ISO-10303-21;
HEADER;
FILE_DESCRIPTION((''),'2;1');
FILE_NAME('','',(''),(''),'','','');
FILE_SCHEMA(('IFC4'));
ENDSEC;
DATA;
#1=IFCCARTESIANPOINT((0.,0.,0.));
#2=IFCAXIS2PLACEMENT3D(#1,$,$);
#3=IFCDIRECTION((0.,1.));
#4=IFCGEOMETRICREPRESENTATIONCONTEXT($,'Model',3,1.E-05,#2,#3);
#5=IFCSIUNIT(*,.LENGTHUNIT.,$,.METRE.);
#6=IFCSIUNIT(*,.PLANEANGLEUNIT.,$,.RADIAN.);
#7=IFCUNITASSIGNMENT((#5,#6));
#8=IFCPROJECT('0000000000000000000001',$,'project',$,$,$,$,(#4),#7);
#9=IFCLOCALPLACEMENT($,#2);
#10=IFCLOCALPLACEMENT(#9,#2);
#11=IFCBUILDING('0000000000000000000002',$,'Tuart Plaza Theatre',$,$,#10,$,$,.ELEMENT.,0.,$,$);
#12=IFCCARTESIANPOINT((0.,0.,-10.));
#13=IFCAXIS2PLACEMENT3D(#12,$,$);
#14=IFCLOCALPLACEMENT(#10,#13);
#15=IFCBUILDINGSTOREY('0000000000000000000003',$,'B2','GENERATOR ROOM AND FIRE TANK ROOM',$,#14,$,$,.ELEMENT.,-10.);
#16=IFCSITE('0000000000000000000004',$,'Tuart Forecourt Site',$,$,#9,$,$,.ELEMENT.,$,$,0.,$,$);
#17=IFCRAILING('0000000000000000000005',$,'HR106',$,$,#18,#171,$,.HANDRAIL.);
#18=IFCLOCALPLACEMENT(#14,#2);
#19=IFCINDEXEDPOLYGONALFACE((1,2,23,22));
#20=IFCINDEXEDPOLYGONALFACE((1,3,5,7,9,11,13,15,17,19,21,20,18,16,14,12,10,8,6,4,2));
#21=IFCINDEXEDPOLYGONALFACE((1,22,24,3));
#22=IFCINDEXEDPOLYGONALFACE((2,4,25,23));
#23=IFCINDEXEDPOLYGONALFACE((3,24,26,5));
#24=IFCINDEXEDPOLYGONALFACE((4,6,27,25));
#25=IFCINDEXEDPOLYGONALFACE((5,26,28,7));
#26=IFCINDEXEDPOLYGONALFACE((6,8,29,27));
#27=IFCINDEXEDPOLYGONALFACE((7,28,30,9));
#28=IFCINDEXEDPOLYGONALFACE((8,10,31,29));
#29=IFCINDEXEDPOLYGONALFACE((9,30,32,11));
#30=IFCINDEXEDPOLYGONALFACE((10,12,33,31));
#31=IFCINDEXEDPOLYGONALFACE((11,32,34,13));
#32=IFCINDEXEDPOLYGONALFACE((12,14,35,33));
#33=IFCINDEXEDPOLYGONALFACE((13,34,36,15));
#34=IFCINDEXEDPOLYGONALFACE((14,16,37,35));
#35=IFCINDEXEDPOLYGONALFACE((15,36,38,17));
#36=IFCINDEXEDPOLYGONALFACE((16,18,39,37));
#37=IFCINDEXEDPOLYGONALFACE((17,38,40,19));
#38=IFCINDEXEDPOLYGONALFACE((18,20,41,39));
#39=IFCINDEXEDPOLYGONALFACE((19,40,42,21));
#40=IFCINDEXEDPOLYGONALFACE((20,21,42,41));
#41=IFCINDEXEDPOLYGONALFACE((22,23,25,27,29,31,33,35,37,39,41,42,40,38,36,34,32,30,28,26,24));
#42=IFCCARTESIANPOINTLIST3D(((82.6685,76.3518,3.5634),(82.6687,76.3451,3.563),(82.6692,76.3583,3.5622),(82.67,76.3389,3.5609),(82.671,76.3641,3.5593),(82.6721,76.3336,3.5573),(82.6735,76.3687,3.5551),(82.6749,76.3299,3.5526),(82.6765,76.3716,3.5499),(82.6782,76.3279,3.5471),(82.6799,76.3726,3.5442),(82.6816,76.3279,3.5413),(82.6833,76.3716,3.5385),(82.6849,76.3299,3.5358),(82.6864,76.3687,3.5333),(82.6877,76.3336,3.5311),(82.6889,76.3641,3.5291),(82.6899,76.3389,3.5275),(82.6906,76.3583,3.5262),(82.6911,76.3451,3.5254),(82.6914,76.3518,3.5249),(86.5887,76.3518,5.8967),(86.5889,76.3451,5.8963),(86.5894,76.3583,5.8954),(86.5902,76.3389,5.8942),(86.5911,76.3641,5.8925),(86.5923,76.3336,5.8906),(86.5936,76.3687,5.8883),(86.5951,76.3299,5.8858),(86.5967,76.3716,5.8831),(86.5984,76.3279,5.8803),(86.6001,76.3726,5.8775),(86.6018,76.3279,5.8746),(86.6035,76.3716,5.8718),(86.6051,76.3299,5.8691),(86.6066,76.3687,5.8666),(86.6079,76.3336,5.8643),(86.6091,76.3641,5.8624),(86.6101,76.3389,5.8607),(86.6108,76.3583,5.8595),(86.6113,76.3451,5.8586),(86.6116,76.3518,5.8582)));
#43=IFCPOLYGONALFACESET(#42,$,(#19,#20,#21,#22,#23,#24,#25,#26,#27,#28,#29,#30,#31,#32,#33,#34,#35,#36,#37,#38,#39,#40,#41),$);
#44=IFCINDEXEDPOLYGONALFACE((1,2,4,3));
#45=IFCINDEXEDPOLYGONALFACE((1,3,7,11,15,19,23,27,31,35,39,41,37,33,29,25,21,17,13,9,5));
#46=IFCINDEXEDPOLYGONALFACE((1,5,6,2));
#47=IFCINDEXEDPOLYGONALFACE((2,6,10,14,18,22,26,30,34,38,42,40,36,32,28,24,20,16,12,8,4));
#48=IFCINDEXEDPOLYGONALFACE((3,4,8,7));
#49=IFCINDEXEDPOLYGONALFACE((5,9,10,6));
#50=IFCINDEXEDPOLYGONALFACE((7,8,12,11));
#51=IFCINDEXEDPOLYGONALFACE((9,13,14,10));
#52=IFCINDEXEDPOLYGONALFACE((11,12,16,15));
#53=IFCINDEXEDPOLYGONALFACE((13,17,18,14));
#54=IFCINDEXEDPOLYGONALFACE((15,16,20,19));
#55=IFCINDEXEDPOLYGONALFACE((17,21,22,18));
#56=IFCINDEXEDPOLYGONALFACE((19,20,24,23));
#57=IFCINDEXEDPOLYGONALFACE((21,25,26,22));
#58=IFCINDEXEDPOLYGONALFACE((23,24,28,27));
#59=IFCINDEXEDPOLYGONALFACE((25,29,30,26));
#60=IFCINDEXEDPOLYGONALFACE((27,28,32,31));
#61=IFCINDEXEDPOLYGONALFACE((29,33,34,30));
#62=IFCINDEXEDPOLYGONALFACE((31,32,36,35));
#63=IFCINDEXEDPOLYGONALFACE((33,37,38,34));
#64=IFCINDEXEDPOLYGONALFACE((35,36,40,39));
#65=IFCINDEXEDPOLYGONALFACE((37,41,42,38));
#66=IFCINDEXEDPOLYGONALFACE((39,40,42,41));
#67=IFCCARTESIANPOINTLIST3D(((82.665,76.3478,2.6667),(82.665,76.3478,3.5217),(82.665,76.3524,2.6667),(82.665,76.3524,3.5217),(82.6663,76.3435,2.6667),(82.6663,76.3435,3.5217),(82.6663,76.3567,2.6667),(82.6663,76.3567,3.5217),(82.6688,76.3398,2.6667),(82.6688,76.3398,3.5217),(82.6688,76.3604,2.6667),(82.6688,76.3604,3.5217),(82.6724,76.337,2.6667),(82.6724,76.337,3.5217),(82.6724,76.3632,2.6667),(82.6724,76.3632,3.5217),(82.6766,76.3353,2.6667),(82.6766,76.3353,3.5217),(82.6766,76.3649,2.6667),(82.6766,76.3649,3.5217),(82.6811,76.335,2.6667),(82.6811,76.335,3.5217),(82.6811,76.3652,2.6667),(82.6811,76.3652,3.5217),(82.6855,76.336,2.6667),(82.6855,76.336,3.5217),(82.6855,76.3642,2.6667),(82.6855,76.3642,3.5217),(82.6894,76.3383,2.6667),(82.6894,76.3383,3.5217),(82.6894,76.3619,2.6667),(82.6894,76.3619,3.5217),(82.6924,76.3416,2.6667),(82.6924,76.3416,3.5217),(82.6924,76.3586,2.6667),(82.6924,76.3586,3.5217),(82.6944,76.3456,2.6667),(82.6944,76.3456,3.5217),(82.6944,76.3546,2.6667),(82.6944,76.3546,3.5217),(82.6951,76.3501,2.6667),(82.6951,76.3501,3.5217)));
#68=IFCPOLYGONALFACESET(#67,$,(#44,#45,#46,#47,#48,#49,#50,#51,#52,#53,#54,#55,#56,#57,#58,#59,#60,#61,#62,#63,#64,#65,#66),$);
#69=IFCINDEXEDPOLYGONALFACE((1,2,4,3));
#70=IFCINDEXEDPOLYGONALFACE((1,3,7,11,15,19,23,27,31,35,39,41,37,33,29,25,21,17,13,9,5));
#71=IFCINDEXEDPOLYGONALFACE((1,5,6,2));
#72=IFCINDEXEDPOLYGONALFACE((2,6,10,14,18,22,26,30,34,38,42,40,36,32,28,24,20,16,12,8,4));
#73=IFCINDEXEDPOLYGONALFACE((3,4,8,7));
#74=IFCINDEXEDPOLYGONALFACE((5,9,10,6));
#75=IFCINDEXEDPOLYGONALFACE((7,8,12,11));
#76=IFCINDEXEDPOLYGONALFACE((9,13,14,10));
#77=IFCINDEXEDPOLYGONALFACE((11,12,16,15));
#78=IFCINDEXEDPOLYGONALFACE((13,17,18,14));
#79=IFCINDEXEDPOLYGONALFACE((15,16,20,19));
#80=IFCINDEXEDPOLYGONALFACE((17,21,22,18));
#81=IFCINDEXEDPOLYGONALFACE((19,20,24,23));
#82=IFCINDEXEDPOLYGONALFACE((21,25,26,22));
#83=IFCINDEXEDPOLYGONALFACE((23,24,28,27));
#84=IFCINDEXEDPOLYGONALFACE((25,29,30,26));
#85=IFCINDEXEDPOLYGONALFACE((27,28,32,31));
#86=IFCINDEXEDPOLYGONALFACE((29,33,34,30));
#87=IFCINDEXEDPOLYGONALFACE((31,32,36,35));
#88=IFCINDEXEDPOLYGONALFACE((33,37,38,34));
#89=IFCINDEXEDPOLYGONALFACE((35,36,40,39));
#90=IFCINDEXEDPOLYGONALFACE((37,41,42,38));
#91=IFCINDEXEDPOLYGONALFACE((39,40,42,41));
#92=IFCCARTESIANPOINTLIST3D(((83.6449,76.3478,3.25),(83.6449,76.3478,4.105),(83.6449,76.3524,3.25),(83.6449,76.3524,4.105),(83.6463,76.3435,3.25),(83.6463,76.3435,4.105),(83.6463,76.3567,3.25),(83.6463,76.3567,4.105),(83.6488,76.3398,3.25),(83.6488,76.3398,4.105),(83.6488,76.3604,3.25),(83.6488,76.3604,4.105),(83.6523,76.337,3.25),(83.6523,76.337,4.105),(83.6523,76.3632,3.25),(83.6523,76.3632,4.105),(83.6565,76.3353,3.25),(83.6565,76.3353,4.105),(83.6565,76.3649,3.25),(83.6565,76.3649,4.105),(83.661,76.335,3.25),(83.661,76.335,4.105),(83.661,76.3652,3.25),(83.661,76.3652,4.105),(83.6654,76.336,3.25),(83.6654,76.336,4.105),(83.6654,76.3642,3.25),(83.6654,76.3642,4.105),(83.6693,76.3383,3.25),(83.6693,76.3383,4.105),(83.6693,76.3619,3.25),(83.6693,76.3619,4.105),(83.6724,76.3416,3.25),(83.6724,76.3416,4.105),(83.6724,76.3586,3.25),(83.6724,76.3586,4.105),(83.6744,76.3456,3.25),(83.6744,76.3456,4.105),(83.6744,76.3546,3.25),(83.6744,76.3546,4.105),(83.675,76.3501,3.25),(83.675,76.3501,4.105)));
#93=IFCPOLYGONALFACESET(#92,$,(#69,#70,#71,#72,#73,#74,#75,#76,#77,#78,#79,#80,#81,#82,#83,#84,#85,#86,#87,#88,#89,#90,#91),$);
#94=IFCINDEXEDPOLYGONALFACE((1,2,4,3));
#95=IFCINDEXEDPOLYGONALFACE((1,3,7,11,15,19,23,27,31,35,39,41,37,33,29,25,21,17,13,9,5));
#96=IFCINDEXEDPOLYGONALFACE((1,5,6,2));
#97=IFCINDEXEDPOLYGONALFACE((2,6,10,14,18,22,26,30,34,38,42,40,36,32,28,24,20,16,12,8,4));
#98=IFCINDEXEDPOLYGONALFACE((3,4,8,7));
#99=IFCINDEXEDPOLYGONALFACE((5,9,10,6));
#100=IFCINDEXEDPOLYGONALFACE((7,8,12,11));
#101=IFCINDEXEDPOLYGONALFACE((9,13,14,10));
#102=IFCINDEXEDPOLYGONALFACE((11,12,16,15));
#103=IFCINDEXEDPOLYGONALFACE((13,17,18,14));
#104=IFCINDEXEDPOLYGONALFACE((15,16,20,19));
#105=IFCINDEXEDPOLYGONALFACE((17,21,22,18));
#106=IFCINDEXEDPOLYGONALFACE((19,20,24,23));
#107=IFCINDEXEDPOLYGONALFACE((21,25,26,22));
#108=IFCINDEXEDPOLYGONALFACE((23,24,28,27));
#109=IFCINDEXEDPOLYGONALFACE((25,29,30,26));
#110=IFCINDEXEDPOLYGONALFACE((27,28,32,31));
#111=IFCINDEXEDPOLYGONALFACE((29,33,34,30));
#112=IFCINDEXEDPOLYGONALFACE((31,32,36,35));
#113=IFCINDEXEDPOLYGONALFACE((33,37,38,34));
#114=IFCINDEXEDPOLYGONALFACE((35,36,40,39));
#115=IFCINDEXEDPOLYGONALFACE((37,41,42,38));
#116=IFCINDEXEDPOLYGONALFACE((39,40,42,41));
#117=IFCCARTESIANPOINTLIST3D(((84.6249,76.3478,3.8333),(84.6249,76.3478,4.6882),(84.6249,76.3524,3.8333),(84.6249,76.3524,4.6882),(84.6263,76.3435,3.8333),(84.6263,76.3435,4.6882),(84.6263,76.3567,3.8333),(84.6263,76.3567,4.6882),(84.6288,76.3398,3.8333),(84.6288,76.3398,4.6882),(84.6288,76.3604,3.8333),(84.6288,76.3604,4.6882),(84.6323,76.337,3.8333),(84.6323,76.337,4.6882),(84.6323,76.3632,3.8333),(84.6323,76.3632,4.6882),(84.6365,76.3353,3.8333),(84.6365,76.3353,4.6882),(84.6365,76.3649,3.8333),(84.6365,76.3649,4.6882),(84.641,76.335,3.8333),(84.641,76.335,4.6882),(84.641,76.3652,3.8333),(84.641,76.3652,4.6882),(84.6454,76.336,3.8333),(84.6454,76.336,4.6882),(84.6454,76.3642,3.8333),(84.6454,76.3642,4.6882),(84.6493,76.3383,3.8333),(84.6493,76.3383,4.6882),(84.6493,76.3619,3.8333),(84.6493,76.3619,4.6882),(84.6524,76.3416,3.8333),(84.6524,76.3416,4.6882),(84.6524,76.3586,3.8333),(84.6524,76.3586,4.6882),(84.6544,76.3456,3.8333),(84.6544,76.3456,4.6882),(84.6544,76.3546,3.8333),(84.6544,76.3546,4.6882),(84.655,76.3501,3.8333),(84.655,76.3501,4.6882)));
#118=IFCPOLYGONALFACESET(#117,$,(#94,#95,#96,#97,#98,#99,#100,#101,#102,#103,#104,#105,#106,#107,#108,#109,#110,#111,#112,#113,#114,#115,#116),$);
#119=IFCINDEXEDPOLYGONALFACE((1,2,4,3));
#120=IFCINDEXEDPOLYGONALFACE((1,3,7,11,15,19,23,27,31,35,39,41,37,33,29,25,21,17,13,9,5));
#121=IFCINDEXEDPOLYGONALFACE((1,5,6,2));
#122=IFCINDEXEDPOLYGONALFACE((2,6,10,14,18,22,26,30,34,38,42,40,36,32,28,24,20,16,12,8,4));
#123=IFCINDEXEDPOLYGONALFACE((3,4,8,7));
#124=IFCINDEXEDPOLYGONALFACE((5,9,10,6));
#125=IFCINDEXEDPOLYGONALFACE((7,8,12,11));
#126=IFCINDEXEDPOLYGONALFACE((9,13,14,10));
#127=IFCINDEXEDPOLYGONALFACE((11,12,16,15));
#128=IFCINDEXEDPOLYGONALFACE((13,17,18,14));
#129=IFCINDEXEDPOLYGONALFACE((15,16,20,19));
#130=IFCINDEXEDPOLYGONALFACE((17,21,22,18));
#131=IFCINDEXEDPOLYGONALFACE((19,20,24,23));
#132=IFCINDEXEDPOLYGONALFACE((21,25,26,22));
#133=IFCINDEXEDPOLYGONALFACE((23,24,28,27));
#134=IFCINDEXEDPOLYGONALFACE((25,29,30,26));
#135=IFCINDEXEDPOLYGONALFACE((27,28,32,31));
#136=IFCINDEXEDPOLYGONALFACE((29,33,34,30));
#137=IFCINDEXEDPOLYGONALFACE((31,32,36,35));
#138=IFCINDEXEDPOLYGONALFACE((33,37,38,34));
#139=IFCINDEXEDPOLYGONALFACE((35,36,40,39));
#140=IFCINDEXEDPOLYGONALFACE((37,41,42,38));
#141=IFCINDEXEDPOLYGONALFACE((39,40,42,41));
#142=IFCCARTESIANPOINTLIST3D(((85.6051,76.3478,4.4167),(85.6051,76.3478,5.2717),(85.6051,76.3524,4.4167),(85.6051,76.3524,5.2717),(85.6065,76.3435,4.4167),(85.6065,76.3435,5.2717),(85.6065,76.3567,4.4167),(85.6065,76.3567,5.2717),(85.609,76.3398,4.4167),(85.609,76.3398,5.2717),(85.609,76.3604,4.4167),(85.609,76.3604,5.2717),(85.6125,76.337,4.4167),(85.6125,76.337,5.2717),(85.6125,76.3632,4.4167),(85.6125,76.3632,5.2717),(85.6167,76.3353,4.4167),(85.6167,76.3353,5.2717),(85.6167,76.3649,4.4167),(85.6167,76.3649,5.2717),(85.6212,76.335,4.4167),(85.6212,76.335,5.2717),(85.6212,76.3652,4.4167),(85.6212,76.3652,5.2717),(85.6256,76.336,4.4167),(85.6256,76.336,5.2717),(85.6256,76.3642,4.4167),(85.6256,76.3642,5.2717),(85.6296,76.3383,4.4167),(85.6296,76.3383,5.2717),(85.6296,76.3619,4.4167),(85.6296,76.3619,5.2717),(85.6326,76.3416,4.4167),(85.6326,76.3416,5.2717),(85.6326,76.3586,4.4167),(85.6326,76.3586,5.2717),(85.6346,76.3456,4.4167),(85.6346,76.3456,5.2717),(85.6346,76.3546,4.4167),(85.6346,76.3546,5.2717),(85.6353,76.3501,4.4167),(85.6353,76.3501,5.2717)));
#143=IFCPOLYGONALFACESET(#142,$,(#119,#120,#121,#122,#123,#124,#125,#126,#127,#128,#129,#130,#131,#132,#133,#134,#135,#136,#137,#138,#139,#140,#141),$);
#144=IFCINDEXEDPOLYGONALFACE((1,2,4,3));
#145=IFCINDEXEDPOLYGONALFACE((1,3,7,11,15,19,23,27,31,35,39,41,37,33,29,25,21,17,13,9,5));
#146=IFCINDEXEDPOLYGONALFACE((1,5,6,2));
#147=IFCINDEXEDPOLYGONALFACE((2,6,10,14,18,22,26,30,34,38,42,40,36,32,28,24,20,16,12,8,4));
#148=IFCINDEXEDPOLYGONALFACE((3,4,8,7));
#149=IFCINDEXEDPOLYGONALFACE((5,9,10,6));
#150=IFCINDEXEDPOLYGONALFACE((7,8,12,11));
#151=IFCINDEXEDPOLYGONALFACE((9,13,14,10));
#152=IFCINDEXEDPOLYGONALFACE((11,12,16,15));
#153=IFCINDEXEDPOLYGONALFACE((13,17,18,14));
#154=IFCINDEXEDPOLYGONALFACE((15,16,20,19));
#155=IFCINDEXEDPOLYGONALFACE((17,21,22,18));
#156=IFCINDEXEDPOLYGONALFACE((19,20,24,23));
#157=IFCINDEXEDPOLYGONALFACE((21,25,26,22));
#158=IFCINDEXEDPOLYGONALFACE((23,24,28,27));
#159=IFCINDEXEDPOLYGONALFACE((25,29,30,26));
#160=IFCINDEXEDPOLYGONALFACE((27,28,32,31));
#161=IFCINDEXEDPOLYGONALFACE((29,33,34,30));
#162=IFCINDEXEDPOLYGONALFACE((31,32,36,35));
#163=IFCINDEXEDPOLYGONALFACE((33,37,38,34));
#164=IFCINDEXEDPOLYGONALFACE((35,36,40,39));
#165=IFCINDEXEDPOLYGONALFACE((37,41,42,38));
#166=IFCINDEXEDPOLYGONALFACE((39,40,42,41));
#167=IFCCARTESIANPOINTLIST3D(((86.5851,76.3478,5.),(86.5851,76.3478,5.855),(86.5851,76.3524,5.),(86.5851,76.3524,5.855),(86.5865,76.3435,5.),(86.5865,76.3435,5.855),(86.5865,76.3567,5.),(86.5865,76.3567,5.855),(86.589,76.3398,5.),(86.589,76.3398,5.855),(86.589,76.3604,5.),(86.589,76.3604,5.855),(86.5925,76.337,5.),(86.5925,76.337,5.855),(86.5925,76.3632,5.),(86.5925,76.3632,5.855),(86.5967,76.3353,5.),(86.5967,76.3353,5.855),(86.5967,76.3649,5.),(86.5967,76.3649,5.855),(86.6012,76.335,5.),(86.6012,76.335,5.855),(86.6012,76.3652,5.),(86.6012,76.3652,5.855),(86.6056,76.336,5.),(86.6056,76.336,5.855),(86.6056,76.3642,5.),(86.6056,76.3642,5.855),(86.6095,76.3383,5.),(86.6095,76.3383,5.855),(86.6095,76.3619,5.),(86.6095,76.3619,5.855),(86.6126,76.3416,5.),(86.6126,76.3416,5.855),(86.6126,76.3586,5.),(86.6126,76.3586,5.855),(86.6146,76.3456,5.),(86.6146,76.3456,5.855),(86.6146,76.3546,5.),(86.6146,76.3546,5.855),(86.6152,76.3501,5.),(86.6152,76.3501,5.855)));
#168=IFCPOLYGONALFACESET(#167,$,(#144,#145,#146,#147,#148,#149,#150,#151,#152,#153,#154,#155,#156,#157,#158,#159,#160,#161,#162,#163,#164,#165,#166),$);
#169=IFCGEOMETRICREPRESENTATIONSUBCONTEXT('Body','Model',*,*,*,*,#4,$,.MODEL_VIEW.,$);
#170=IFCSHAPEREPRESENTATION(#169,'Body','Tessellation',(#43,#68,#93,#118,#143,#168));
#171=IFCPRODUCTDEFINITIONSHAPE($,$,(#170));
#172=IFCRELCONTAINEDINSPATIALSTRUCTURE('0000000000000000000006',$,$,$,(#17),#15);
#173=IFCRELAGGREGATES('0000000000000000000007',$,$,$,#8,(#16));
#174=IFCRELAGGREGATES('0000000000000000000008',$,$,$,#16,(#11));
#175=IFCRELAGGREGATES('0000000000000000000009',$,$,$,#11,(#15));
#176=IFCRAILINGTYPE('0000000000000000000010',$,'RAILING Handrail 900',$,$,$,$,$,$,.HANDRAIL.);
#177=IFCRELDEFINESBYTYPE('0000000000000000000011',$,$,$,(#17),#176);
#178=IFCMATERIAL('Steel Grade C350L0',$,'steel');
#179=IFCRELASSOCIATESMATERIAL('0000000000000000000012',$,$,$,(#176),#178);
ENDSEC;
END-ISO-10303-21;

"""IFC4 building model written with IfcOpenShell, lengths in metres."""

from ifc_helpers import new_model, si_unit, direction, frame, origin, origin_2d, place, context, subcontext, project, spatial, circle, extrude, material, type_object, element, save


model = new_model("IFC4")

# Units and contexts
model_context = context("Model", 3, precision=1e-05, world=origin(), true_north=direction((0.0, 1.0)))
body_context = subcontext(model_context, "Body", "Model", "MODEL_VIEW")
ifc_project = project(units=[si_unit("LENGTHUNIT", "METRE"), si_unit("PLANEANGLEUNIT", "RADIAN")], contexts=[model_context])

# Site, building, storey
site_placement = place(None, origin())
site = spatial("IfcSite", under=ifc_project, at=site_placement, Name="Tuart Forecourt Site", CompositionType="ELEMENT", RefElevation=0.0)
building_placement = place(site_placement, origin())
building = spatial("IfcBuilding", under=site, at=building_placement, Name="Tuart Plaza Theatre", CompositionType="ELEMENT", ElevationOfRefHeight=0.0)
storey_placement = place(building_placement, frame((0.0, 0.0, -10.0)))
storey = spatial("IfcBuildingStorey", under=building, at=storey_placement, Name="B2", Description="GENERATOR ROOM AND FIRE TANK ROOM", CompositionType="ELEMENT", Elevation=-10.0)

# Railing
ifc_material_1 = material(Name="Steel Grade C350L0", Category="steel")
railing_type = type_object("IfcRailingType", Name="RAILING Handrail 900", PredefinedType="HANDRAIL", material=ifc_material_1)
for number, where, name in (
    (1, (82.6799, 76.3501, 2.6667), "HR106"),
):
    element("IfcRailing", number, at=place(storey_placement, frame(where)), inside=storey, type_object=railing_type, Name=name, PredefinedType="HANDRAIL", context=body_context, shape_type="SweptSolid", body=[
        extrude(circle(Radius=0.0225, at=origin_2d()), frame((0.0, 0.0, 0.8774), z_axis=(0.85931, 0.0, 0.511455), x_axis=(0.0, 1.0, 0.0)), (0.0, 0.0, 1.0), 4.562),
        extrude(circle(Radius=0.0151, at=origin_2d()), origin(), (0.0, 0.0, 1.0), 0.855),
        extrude(circle(Radius=0.0151, at=origin_2d()), frame((0.98, 0.0, 0.5833)), (0.0, 0.0, 1.0), 0.855),
        extrude(circle(Radius=0.0151, at=origin_2d()), frame((1.96, 0.0, 1.1665)), (0.0, 0.0, 1.0), 0.855),
        extrude(circle(Radius=0.0151, at=origin_2d()), frame((2.9402, 0.0, 1.75)), (0.0, 0.0, 1.0), 0.855),
        extrude(circle(Radius=0.0151, at=origin_2d()), frame((3.9202, 0.0, 2.3333)), (0.0, 0.0, 1.0), 0.855),
    ])

save(model, "model.ifc")
